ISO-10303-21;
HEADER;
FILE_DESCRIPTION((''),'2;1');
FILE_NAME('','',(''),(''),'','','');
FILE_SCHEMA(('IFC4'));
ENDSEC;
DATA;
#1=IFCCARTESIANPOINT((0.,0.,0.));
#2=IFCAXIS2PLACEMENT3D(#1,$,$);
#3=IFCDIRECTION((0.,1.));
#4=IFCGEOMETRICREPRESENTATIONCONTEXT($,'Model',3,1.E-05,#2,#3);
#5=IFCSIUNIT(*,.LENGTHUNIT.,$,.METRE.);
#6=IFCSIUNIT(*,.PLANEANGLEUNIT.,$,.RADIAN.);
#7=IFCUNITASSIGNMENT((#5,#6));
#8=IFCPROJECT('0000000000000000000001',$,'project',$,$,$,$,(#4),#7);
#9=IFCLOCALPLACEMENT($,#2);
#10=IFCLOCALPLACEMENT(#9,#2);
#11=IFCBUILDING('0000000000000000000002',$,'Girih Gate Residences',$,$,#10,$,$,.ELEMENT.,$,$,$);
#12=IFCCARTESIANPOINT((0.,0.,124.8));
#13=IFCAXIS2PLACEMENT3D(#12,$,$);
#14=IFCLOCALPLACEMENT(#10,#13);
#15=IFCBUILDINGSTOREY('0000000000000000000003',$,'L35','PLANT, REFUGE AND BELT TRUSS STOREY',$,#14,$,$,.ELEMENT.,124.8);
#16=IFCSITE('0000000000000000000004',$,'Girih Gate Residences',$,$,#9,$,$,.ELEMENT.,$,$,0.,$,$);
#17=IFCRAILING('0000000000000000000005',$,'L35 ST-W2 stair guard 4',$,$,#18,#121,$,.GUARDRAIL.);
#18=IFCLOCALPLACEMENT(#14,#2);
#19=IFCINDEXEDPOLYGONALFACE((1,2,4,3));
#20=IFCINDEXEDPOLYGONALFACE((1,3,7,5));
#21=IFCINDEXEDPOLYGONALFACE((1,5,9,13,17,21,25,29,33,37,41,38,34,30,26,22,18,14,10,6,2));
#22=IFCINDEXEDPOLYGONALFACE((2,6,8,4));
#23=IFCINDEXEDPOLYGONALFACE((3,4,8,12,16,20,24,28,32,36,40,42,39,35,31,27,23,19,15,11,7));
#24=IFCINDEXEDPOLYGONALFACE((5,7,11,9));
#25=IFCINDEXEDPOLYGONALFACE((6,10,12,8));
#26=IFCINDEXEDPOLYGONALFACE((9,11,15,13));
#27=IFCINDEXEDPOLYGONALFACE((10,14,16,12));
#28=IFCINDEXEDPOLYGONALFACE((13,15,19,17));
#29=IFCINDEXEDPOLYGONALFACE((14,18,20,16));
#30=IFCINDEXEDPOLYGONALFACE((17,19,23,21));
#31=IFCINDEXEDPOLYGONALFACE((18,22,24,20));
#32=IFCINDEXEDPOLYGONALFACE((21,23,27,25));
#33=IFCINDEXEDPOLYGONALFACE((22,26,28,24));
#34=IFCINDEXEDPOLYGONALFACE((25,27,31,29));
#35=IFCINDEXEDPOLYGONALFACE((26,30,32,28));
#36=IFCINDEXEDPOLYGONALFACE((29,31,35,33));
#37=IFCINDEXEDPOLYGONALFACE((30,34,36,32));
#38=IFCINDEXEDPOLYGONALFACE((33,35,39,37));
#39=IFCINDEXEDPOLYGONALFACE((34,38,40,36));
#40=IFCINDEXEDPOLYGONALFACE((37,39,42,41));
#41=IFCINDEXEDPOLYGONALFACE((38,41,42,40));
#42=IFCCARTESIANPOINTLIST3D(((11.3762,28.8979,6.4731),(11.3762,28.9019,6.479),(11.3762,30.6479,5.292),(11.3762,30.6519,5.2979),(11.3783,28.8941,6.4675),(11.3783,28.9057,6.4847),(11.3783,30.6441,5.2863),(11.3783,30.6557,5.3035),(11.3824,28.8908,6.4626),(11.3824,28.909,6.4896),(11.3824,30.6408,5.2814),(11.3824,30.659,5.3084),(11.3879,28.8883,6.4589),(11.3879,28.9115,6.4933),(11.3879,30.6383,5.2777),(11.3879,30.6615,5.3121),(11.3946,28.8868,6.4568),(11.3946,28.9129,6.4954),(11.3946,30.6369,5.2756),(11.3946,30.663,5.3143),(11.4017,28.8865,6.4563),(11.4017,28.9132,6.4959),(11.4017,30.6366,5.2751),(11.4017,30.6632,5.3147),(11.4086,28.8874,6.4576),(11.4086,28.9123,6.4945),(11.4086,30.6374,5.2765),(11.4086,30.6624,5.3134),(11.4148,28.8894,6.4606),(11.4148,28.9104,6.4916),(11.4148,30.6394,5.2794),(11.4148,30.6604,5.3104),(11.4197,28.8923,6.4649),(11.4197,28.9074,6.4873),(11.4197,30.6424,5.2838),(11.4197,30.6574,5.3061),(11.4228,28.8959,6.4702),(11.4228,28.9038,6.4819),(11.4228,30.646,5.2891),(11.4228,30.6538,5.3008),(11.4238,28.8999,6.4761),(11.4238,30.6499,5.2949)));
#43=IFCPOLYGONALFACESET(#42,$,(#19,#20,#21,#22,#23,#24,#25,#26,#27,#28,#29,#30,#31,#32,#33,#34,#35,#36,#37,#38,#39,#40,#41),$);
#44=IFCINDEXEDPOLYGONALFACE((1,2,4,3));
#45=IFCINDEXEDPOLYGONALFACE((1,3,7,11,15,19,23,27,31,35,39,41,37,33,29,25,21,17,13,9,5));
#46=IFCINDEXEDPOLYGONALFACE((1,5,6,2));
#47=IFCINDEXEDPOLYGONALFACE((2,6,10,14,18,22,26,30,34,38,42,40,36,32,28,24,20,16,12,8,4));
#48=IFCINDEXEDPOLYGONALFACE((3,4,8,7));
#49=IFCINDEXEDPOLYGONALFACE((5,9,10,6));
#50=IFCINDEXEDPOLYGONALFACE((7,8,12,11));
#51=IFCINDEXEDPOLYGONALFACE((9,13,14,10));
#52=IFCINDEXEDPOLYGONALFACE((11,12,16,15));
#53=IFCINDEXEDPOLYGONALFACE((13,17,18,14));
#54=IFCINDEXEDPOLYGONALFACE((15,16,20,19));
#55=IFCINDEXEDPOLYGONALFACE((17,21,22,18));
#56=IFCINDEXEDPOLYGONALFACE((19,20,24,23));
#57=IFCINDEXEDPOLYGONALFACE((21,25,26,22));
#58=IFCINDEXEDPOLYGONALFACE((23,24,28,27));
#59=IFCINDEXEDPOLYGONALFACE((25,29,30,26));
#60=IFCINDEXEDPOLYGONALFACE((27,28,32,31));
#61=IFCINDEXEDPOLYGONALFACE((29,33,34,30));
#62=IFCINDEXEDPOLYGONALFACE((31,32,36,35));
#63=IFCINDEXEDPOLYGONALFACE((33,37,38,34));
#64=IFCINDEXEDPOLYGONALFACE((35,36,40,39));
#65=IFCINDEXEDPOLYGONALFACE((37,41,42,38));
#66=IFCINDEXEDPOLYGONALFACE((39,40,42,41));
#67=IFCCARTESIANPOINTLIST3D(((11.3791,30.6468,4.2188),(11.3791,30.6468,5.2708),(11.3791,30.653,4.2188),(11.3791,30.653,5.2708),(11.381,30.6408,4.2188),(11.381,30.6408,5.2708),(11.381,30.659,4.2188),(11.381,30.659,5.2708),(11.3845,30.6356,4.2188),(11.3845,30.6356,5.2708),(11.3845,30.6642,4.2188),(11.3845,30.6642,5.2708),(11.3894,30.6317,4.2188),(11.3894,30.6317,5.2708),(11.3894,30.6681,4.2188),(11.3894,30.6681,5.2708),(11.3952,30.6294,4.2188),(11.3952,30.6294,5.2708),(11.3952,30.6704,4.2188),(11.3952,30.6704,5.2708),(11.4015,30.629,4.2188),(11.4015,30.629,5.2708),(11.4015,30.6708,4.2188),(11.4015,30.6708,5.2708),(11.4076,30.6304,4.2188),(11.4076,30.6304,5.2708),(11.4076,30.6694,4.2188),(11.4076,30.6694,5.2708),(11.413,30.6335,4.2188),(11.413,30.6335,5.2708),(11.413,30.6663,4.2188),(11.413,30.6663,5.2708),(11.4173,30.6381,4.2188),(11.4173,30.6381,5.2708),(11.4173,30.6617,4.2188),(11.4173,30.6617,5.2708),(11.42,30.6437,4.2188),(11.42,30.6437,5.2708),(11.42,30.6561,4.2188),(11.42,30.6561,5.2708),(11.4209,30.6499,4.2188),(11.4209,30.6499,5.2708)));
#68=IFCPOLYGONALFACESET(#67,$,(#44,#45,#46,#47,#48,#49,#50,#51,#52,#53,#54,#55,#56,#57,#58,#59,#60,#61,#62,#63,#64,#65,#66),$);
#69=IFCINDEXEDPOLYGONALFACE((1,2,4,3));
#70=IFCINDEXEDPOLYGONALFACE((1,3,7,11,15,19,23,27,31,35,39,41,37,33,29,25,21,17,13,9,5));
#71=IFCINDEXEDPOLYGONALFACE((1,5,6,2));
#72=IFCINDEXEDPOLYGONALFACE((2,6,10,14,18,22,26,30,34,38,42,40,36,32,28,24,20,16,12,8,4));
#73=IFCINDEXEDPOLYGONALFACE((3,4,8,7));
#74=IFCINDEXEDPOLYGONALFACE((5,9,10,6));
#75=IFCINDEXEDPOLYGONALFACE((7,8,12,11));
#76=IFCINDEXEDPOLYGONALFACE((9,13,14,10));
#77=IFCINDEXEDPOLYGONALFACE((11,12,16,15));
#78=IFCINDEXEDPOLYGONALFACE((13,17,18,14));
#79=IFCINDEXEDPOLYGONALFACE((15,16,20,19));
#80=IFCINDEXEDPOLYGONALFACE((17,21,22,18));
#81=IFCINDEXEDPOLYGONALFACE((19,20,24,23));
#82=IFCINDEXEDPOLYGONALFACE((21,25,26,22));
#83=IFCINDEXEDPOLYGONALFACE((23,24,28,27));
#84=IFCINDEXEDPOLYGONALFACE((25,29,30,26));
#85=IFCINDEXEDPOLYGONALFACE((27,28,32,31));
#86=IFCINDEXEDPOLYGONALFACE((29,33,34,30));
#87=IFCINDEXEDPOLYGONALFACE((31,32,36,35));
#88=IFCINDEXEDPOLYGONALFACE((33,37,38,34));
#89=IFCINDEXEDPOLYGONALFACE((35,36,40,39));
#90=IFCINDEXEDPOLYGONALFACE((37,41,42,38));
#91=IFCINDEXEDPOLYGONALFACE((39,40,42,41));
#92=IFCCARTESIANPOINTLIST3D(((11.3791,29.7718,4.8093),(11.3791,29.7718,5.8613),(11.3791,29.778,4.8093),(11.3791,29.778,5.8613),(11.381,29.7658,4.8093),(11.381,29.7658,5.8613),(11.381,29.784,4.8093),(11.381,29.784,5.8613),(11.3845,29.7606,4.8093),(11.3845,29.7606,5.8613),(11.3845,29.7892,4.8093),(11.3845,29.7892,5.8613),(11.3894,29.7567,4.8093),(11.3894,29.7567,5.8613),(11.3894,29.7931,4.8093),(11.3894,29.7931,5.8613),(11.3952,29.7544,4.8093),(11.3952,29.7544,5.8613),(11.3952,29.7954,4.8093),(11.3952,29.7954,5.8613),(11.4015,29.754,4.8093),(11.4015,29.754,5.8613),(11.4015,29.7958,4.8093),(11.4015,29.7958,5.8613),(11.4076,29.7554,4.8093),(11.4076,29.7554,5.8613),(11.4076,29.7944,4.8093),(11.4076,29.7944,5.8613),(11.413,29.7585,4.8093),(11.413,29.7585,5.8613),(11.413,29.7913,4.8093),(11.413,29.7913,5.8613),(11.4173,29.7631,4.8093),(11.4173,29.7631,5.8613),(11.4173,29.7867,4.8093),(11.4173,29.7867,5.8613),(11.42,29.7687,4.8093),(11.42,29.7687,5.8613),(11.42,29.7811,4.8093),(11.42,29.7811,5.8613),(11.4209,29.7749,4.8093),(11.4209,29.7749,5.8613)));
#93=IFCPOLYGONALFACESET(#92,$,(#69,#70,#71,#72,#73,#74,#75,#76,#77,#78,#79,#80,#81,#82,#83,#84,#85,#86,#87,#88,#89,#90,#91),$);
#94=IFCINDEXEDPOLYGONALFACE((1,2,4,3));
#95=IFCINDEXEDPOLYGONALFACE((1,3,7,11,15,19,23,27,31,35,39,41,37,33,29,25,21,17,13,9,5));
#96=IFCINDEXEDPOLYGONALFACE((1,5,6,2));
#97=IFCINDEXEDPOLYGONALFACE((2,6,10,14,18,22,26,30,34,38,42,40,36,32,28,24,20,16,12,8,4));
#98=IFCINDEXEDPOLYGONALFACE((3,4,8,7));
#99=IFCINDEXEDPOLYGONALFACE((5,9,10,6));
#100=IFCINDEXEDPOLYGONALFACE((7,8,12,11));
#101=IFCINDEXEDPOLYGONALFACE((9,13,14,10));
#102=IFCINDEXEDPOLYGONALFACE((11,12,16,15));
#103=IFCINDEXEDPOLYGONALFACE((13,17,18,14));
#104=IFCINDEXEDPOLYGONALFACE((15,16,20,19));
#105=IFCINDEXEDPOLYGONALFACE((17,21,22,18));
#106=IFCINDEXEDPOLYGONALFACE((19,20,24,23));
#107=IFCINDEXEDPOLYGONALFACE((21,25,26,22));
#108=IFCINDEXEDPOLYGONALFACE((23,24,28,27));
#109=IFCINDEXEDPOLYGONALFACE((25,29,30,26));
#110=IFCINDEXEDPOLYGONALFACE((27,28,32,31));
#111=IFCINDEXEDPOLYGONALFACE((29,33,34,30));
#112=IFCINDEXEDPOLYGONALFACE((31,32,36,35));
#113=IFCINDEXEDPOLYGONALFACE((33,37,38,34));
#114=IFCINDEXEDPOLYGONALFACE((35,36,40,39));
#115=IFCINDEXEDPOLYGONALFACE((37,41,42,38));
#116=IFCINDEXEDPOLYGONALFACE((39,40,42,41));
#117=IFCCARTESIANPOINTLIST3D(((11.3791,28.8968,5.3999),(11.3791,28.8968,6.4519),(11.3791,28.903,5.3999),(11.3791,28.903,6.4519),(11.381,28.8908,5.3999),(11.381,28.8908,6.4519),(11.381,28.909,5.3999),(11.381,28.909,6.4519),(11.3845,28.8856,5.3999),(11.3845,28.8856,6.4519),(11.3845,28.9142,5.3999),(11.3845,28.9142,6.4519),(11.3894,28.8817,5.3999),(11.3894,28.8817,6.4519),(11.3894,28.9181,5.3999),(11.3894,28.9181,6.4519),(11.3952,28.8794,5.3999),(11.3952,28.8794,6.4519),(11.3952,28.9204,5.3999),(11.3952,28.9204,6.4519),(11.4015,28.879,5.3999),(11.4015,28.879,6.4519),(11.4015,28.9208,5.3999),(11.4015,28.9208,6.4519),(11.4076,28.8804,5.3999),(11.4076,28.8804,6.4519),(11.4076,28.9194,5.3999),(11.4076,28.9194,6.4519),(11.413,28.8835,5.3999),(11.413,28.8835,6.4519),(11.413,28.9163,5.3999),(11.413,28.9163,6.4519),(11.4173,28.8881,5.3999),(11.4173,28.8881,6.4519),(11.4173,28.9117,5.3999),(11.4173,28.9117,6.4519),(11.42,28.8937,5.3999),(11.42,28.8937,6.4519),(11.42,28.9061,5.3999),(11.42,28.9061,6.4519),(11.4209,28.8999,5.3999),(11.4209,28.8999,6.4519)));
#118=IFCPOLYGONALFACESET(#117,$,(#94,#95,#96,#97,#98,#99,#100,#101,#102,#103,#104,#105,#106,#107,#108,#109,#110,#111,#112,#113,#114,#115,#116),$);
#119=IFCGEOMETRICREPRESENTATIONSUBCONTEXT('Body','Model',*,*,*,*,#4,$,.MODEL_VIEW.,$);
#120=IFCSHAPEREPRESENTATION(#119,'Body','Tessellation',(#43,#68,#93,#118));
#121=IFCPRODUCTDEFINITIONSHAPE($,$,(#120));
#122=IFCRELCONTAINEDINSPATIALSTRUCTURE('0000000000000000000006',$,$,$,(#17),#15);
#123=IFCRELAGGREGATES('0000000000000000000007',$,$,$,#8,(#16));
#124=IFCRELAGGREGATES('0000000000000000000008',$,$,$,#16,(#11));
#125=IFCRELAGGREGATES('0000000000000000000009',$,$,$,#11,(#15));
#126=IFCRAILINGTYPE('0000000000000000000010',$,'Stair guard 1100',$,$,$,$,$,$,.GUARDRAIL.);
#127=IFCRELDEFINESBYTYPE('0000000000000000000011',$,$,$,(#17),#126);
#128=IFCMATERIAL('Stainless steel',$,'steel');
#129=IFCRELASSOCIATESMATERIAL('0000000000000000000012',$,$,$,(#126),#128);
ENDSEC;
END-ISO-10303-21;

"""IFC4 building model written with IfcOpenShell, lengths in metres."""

from ifc_helpers import new_model, si_unit, direction, frame, origin, origin_2d, place, context, subcontext, project, spatial, circle, extrude, material, type_object, element, save


model = new_model("IFC4")

# Units and contexts
model_context = context("Model", 3, precision=1e-05, world=origin(), true_north=direction((0.0, 1.0)))
body_context = subcontext(model_context, "Body", "Model", "MODEL_VIEW")
ifc_project = project(units=[si_unit("LENGTHUNIT", "METRE"), si_unit("PLANEANGLEUNIT", "RADIAN")], contexts=[model_context])

# Site, building, storey
site_placement = place(None, origin())
site = spatial("IfcSite", under=ifc_project, at=site_placement, Name="Girih Gate Residences", CompositionType="ELEMENT", RefElevation=0.0)
building_placement = place(site_placement, origin())
building = spatial("IfcBuilding", under=site, at=building_placement, Name="Girih Gate Residences", CompositionType="ELEMENT")
storey_placement = place(building_placement, frame((0.0, 0.0, 124.8)))
storey = spatial("IfcBuildingStorey", under=building, at=storey_placement, Name="L35", Description="PLANT, REFUGE AND BELT TRUSS STOREY", CompositionType="ELEMENT", Elevation=124.8)

# Railing
ifc_material_1 = material(Name="Stainless steel", Category="steel")
railing_type_1 = type_object("IfcRailingType", Name="Stair guard 1100", PredefinedType="GUARDRAIL", material=ifc_material_1)
railing_1_placement = place(storey_placement, frame((11.3999, 30.6499, 4.2188)))
element("IfcRailing", 1, at=railing_1_placement, inside=storey, type_object=railing_type_1, Name="L35 ST-W2 stair guard 4", PredefinedType="GUARDRAIL", context=body_context, shape_type="SweptSolid", body=[
    extrude(circle(Radius=0.0239, at=origin_2d()), frame((0.0, 0.0, 1.0762), z_axis=(0.0, -0.82887, 0.559441), x_axis=(1.0, 0.0, 0.0)), (0.0, 0.0, 1.0), 2.1113),
    extrude(circle(Radius=0.021, at=origin_2d()), origin(), (0.0, 0.0, 1.0), 1.052),
    extrude(circle(Radius=0.021, at=origin_2d()), frame((0.0, -0.875, 0.5906)), (0.0, 0.0, 1.0), 1.052),
    extrude(circle(Radius=0.021, at=origin_2d()), frame((0.0, -1.75, 1.1812)), (0.0, 0.0, 1.0), 1.052),
])

save(model, "model.ifc")
